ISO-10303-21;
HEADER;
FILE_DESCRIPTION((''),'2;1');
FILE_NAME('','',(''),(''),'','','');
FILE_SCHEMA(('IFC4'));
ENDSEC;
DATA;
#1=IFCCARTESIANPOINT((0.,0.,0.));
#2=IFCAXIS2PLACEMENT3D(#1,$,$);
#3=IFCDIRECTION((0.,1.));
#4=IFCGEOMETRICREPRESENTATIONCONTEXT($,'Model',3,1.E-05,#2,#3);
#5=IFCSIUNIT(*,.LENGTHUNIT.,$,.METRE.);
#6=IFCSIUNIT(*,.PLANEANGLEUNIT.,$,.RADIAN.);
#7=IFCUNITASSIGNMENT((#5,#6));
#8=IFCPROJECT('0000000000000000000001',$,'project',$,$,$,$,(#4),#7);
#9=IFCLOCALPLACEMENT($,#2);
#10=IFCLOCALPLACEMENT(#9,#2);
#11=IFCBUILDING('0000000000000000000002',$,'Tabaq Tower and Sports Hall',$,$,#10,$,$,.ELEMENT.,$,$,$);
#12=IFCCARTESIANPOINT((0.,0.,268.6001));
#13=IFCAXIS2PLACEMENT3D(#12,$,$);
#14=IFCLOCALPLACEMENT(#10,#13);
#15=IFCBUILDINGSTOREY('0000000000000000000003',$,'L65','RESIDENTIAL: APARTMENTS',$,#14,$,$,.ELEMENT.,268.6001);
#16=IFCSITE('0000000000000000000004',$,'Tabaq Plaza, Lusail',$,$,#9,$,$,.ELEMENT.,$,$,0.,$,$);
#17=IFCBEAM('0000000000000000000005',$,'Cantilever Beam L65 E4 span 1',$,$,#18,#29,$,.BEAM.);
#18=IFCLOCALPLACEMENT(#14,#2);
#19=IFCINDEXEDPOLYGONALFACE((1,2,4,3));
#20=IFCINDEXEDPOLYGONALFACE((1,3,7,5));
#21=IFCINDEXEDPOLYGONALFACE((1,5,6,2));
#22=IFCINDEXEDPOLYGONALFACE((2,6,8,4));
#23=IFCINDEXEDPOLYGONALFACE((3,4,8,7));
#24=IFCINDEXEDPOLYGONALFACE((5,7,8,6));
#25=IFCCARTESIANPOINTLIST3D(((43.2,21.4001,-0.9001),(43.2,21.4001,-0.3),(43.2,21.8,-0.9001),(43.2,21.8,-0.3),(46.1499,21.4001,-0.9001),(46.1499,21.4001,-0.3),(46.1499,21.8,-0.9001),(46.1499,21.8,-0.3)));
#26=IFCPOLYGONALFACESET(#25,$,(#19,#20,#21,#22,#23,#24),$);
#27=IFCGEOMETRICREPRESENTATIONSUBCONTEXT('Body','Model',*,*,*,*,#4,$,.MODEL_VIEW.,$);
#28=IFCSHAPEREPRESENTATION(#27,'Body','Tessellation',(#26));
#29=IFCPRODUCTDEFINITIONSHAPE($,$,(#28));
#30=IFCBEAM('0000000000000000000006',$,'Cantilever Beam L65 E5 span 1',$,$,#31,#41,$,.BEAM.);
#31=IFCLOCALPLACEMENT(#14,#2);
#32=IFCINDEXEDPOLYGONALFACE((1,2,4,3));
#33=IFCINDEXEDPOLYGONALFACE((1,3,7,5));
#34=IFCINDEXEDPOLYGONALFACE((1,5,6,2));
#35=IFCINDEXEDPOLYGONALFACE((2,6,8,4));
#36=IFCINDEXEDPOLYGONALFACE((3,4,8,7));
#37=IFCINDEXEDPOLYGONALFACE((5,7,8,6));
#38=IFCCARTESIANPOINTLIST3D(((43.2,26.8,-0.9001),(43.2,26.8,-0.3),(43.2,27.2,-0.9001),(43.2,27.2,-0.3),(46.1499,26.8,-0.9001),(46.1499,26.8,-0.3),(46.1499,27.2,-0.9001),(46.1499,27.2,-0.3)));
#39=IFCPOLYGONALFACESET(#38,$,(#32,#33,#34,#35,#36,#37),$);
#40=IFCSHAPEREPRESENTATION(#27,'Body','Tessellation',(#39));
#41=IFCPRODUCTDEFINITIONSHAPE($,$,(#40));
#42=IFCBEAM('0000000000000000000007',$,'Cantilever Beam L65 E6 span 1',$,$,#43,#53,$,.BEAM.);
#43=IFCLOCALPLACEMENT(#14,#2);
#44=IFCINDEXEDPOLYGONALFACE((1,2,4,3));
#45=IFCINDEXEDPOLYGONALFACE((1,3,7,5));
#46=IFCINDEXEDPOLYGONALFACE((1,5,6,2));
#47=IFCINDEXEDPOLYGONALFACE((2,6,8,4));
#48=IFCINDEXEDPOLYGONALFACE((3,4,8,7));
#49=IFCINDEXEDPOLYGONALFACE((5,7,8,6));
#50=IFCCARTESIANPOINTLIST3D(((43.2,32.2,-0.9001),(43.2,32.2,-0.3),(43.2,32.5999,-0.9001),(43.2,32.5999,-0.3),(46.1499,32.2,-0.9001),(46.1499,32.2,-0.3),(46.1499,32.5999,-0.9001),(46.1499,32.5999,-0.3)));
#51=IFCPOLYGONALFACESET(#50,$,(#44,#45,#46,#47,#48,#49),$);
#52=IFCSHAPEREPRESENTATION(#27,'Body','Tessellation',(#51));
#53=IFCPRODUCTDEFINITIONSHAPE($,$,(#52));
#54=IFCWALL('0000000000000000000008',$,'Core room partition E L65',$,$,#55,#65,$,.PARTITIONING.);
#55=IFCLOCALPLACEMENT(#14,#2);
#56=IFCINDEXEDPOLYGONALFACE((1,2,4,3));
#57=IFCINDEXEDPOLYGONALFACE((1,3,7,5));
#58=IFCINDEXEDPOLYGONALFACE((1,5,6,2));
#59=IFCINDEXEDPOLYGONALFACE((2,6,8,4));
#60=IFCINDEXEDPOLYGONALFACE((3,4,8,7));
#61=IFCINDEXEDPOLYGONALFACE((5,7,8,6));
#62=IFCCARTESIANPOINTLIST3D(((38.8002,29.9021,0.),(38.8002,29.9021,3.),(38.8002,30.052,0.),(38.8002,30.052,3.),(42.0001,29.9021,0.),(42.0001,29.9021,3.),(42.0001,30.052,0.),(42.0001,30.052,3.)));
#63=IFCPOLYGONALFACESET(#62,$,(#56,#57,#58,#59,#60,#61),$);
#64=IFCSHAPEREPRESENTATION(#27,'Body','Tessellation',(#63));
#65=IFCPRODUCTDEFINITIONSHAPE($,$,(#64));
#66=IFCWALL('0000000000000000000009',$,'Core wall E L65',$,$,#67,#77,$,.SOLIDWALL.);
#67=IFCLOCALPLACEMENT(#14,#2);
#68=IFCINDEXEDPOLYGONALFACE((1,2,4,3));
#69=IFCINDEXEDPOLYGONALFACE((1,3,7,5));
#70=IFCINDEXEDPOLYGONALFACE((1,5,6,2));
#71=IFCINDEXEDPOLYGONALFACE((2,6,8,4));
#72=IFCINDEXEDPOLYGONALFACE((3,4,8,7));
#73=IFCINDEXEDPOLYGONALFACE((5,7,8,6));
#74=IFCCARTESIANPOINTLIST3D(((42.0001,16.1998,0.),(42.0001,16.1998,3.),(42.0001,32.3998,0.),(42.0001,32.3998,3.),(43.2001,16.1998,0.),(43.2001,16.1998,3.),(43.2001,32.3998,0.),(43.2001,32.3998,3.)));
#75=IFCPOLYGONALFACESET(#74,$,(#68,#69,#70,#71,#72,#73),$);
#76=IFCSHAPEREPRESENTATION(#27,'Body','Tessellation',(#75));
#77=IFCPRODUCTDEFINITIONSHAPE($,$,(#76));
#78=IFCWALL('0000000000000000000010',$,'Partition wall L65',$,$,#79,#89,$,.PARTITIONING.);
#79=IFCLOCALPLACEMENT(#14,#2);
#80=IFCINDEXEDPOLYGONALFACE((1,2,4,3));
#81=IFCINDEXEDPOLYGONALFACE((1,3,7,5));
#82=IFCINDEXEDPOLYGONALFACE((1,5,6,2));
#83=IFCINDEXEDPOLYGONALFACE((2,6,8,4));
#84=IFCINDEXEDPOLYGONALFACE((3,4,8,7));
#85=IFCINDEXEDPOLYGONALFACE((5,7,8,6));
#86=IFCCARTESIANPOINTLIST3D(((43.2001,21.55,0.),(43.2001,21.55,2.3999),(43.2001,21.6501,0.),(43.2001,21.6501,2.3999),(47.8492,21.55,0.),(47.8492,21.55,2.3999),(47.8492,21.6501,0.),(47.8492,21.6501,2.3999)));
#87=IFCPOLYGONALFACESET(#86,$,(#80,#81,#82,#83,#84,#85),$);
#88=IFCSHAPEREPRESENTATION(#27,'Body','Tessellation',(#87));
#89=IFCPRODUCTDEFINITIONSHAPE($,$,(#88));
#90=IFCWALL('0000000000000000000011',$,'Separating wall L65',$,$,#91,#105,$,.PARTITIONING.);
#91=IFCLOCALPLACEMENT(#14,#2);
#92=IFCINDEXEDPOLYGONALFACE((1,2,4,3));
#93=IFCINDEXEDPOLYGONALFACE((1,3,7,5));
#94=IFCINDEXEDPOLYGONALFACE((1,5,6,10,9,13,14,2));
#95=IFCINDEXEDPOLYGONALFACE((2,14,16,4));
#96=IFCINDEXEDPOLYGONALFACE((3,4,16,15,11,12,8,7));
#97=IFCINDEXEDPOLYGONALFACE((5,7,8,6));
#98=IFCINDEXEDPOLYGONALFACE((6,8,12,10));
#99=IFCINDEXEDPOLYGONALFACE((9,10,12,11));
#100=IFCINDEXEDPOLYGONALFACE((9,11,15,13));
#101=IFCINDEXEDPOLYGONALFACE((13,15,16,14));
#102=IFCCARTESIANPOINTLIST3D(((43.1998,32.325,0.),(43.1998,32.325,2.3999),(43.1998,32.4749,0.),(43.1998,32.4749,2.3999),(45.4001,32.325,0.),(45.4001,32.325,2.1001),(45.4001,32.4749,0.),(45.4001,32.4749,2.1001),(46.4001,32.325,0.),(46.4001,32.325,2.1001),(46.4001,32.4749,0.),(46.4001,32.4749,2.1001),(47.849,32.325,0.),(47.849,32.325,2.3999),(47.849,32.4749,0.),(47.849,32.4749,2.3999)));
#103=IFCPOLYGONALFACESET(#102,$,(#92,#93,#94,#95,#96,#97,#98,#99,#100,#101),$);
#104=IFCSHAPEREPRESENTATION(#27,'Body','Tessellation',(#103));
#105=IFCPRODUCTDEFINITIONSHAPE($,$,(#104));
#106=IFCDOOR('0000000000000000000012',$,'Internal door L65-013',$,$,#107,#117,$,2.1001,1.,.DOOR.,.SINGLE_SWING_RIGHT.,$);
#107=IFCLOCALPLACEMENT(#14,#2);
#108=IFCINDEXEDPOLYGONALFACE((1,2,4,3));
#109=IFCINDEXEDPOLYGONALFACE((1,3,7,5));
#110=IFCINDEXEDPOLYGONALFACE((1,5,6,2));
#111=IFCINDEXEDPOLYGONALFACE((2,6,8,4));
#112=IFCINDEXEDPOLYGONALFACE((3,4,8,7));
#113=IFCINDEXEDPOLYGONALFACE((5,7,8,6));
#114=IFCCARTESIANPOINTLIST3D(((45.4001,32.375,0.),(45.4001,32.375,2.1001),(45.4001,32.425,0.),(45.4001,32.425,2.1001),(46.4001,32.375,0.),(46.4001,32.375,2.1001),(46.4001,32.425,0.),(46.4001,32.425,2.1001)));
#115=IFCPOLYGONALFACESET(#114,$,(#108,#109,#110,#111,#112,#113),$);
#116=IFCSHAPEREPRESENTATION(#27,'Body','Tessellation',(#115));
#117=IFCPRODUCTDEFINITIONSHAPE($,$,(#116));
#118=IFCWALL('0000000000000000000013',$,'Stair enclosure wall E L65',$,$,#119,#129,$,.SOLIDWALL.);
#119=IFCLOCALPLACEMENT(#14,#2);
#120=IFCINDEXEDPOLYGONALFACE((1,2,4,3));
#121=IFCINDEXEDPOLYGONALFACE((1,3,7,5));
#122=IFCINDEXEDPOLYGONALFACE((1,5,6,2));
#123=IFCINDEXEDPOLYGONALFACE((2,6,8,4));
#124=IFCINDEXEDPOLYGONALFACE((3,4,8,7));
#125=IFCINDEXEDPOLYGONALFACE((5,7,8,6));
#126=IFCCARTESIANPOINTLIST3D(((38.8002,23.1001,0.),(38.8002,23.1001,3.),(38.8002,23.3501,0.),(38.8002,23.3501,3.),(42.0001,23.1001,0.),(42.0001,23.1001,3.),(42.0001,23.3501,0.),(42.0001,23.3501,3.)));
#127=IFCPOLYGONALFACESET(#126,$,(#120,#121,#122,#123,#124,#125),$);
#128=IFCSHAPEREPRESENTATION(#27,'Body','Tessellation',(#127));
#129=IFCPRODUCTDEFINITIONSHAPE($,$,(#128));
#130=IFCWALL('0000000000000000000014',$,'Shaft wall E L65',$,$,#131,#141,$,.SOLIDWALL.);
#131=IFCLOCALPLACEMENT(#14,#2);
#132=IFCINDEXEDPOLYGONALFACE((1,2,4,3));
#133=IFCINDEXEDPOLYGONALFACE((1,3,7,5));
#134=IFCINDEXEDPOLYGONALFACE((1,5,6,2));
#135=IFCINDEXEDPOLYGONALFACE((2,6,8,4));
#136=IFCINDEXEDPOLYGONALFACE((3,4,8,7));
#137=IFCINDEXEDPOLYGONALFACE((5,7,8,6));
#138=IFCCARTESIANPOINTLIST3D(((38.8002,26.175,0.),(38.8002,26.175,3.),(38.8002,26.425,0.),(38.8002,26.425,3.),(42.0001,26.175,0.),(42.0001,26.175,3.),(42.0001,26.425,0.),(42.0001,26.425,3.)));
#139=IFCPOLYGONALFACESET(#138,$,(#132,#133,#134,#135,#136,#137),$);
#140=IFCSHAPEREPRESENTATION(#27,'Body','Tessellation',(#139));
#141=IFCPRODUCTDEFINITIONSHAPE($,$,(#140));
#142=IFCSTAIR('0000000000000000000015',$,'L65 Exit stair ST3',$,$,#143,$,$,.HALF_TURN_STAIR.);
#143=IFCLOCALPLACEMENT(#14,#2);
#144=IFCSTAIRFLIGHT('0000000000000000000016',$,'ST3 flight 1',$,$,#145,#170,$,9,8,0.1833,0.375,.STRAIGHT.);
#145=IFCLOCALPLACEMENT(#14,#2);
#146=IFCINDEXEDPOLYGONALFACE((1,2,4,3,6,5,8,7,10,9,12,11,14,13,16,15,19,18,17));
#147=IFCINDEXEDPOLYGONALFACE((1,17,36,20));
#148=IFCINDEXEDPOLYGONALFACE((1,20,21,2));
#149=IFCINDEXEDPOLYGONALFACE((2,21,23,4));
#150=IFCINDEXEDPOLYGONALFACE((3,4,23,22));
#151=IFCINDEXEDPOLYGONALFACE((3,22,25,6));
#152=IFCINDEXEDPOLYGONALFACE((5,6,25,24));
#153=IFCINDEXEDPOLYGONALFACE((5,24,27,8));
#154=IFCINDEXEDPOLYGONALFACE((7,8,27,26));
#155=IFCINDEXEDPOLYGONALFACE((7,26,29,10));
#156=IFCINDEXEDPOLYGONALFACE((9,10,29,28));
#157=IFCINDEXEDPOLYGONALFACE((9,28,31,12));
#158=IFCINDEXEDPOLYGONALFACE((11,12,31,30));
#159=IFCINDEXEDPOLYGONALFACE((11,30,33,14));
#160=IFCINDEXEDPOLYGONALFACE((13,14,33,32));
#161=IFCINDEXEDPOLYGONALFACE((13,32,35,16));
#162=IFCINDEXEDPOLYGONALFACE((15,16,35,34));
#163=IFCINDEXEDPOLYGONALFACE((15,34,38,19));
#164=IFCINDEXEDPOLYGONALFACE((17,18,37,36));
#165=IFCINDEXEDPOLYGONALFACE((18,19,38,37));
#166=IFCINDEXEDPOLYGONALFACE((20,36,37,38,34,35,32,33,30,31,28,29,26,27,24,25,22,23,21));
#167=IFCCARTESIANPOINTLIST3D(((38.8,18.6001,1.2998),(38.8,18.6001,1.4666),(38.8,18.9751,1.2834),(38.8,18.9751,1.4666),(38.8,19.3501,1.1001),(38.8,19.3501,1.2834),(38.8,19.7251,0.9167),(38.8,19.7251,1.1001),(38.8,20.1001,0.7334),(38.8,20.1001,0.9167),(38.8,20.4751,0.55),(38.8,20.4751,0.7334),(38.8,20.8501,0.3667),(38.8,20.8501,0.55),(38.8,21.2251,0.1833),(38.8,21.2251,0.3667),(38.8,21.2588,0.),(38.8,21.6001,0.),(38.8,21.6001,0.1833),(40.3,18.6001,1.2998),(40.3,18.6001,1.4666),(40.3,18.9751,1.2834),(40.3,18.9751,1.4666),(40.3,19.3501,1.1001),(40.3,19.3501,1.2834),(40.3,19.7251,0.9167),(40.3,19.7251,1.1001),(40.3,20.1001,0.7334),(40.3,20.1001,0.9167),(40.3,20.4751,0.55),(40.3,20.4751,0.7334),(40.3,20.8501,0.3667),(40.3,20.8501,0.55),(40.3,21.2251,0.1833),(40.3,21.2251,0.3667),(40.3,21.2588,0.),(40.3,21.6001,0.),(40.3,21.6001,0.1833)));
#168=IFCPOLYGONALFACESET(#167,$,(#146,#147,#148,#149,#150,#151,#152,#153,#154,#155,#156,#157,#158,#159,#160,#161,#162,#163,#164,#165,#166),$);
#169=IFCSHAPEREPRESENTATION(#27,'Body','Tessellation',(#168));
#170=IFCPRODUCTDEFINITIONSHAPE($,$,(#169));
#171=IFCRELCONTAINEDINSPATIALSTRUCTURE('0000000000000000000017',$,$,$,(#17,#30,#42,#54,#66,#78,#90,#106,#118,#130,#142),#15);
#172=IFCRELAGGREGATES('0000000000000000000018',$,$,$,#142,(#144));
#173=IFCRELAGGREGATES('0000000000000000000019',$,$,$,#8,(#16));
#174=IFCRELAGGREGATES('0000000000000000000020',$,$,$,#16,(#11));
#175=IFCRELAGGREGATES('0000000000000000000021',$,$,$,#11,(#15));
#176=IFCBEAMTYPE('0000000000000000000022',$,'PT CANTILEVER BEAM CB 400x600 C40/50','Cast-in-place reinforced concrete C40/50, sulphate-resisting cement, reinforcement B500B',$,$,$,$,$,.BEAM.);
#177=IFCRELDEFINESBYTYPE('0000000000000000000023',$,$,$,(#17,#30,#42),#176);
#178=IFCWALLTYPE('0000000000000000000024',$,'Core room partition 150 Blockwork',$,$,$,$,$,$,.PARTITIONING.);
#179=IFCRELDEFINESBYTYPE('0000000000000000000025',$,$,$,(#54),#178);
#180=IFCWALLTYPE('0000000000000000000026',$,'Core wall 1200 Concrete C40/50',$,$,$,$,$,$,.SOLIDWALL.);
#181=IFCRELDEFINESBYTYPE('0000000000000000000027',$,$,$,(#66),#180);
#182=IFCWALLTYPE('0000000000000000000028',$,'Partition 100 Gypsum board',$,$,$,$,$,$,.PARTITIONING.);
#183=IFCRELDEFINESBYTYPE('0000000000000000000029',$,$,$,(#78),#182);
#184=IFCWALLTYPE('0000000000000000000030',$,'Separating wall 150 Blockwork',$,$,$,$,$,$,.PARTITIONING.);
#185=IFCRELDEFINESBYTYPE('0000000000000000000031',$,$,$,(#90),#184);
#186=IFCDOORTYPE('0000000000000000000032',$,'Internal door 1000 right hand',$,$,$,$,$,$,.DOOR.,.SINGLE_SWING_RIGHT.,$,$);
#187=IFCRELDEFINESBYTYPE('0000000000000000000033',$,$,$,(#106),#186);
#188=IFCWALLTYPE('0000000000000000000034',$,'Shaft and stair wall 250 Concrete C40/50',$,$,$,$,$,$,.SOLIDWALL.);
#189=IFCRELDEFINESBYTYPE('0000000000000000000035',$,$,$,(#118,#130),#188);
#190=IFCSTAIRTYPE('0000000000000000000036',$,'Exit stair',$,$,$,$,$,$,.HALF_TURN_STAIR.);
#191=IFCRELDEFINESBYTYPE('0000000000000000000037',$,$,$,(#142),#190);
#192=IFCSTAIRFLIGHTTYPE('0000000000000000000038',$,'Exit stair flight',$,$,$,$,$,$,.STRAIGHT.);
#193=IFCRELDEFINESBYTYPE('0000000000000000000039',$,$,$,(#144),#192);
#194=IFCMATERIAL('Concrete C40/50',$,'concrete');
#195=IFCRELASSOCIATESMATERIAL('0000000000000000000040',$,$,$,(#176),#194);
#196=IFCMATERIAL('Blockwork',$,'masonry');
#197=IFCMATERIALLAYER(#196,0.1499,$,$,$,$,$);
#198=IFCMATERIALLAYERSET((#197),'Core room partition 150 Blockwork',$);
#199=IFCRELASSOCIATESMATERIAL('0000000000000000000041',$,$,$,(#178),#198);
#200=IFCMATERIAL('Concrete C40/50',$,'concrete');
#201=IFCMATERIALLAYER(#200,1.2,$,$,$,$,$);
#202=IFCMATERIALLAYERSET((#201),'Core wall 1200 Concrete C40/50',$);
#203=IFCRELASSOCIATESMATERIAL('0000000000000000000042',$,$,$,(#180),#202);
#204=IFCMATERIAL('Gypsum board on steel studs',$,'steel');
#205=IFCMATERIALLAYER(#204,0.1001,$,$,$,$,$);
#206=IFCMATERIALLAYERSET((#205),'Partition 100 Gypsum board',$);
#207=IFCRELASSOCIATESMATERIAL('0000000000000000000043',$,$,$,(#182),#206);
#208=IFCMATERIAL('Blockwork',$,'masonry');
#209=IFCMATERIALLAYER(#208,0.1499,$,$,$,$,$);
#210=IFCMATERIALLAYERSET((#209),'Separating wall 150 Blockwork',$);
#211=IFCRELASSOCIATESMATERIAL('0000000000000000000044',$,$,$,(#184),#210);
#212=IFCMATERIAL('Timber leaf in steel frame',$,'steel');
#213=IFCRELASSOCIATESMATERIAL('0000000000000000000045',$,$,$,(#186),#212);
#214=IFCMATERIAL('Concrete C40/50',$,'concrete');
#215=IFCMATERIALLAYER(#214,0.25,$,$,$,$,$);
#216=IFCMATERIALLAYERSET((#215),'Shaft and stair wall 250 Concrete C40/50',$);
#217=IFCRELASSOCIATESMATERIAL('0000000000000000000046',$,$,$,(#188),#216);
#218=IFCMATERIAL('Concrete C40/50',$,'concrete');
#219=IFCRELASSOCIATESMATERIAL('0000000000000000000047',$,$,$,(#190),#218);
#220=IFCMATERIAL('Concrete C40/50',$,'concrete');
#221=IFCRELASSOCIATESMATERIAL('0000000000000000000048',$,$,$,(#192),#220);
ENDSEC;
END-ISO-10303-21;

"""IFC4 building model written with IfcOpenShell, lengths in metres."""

from ifc_helpers import new_model, si_unit, direction, frame, frame_2d, origin, origin_2d, place, context, subcontext, project, spatial, polyline, rectangle, outline, extrude, material, layer, layer_set, material_profile, profile_set, type_object, element, fill, aggregate, save


model = new_model("IFC4")

# Units and contexts
model_context = context("Model", 3, precision=1e-05, world=origin(), true_north=direction((0.0, 1.0)))
body_context = subcontext(model_context, "Body", "Model", "MODEL_VIEW")
ifc_project = project(units=[si_unit("LENGTHUNIT", "METRE"), si_unit("PLANEANGLEUNIT", "RADIAN")], contexts=[model_context])

# Site, building, storey
site_placement = place(None, origin())
site = spatial("IfcSite", under=ifc_project, at=site_placement, Name="Tabaq Plaza, Lusail", CompositionType="ELEMENT", RefElevation=0.0)
building_placement = place(site_placement, origin())
building = spatial("IfcBuilding", under=site, at=building_placement, Name="Tabaq Tower and Sports Hall", CompositionType="ELEMENT")
storey_placement = place(building_placement, frame((0.0, 0.0, 268.6001)))
storey = spatial("IfcBuildingStorey", under=building, at=storey_placement, Name="L65", Description="RESIDENTIAL: APARTMENTS", CompositionType="ELEMENT", Elevation=268.6001)

# Beams
ifc_material_1 = material(Name="Concrete C40/50", Category="concrete")
ifc_material_profile = material_profile(ifc_material_1, rectangle(XDim=0.3999, YDim=0.6001, at=origin_2d()), Name="CB 400x600")
ifc_profile_set = profile_set([ifc_material_profile], Name="Concrete C40/50")
beam_type = type_object("IfcBeamType", Name="PT CANTILEVER BEAM CB 400x600 C40/50", Description="Cast-in-place reinforced concrete C40/50, sulphate-resisting cement, reinforcement B500B", PredefinedType="BEAM", material=ifc_profile_set)
for number, where, z_axis, x_axis, name in (
    (1, (46.1499, 21.6001, -0.6001), (-1.0, 0.0, 0.0), (0.0, -1.0, 0.0), "Cantilever Beam L65 E4 span 1"),
    (2, (46.1499, 27.0, -0.6001), (-1.0, 0.0, 0.0), (0.0, -1.0, 0.0), "Cantilever Beam L65 E5 span 1"),
    (3, (46.1499, 32.3999, -0.6001), (-1.0, 0.0, 0.0), (0.0, -1.0, 0.0), "Cantilever Beam L65 E6 span 1"),
):
    element("IfcBeam", number, at=place(storey_placement, frame(where, z_axis=z_axis, x_axis=x_axis)), inside=storey, type_object=beam_type, Name=name, PredefinedType="BEAM", context=body_context, shape_type="SweptSolid", body=[
        extrude(rectangle(XDim=0.3999, YDim=0.6001, at=origin_2d()), origin(), (0.0, 0.0, 1.0), 2.95),
    ])

# Walls
ifc_material_2 = material(Name="Blockwork", Category="masonry")
ifc_layer_1 = layer(ifc_material_2, 0.1499)
ifc_layer_set_1 = layer_set([ifc_layer_1], Name="Core room partition 150 Blockwork")
wall_type_1 = type_object("IfcWallType", Name="Core room partition 150 Blockwork", PredefinedType="PARTITIONING", material=ifc_layer_set_1)
wall_1_placement = place(storey_placement, frame((38.8, 29.9771, 0.0), z_axis=(0.0, 0.0, 1.0), x_axis=(1.0, 0.0, 0.0)))
element("IfcWall", 4, at=wall_1_placement, inside=storey, type_object=wall_type_1, Name="Core room partition E L65", PredefinedType="PARTITIONING", context=body_context, shape_type="SweptSolid", body=[
    extrude(rectangle(XDim=3.2, YDim=0.1499, at=frame_2d((1.6001, 0.0))), origin(), (0.0, 0.0, 1.0), 3.0),
])
ifc_material_3 = material(Name="Concrete C40/50", Category="concrete")
ifc_layer_2 = layer(ifc_material_3, 1.2)
ifc_layer_set_2 = layer_set([ifc_layer_2], Name="Core wall 1200 Concrete C40/50")
wall_type_2 = type_object("IfcWallType", Name="Core wall 1200 Concrete C40/50", PredefinedType="SOLIDWALL", material=ifc_layer_set_2)
wall_2_placement = place(storey_placement, frame((42.6001, 32.3999, 0.0), z_axis=(0.0, 0.0, 1.0), x_axis=(0.0, -1.0, 0.0)))
element("IfcWall", 5, at=wall_2_placement, inside=storey, type_object=wall_type_2, Name="Core wall E L65", PredefinedType="SOLIDWALL", context=body_context, shape_type="SweptSolid", body=[
    extrude(rectangle(XDim=16.2, YDim=1.2, at=frame_2d((8.1001, 0.0))), origin(), (0.0, 0.0, 1.0), 3.0),
])
ifc_material_4 = material(Name="Gypsum board on steel studs", Category="steel")
ifc_layer_3 = layer(ifc_material_4, 0.1001)
ifc_layer_set_3 = layer_set([ifc_layer_3], Name="Partition 100 Gypsum board")
wall_type_3 = type_object("IfcWallType", Name="Partition 100 Gypsum board", PredefinedType="PARTITIONING", material=ifc_layer_set_3)
wall_3_placement = place(storey_placement, frame((43.2, 21.6001, 0.0), z_axis=(0.0, 0.0, 1.0), x_axis=(1.0, 0.0, 0.0)))
element("IfcWall", 6, at=wall_3_placement, inside=storey, type_object=wall_type_3, Name="Partition wall L65", PredefinedType="PARTITIONING", context=body_context, shape_type="SweptSolid", body=[
    extrude(rectangle(XDim=4.6492, YDim=0.1001, at=frame_2d((2.3247, 0.0))), origin(), (0.0, 0.0, 1.0), 2.3999),
])

# Wall, opening, door
ifc_material_5 = material(Name="Blockwork", Category="masonry")
ifc_layer_4 = layer(ifc_material_5, 0.1499)
ifc_layer_set_4 = layer_set([ifc_layer_4], Name="Separating wall 150 Blockwork")
wall_type_4 = type_object("IfcWallType", Name="Separating wall 150 Blockwork", PredefinedType="PARTITIONING", material=ifc_layer_set_4)
wall_4_placement = place(storey_placement, frame((47.8491, 32.3999, 0.0), z_axis=(0.0, 0.0, 1.0), x_axis=(-1.0, 0.0, 0.0)))
wall_4 = element("IfcWall", 7, at=wall_4_placement, inside=storey, type_object=wall_type_4, Name="Separating wall L65", PredefinedType="PARTITIONING", context=body_context, shape_type="SweptSolid", body=[
    extrude(rectangle(XDim=4.6492, YDim=0.1499, at=frame_2d((2.3247, 0.0))), origin(), (0.0, 0.0, 1.0), 2.3999),
])
opening_placement = place(wall_4_placement, frame((1.449, 0.0, 0.0)))
opening = element("IfcOpeningElement", 8, at=opening_placement, cuts=wall_4, PredefinedType="OPENING", context=body_context, shape_type="SweptSolid", body=[
    extrude(rectangle(XDim=1.0, YDim=2.1001, at=frame_2d((0.5, 1.05))), frame((0.0, 0.075, 0.0), z_axis=(0.0, -1.0, 0.0), x_axis=(1.0, 0.0, 0.0)), (0.0, 0.0, 1.0), 0.1499),
])
ifc_material_6 = material(Name="Timber leaf in steel frame", Category="steel")
door_type = type_object("IfcDoorType", Name="Internal door 1000 right hand", OperationType="SINGLE_SWING_RIGHT", PredefinedType="DOOR", material=ifc_material_6)
door_placement = place(opening_placement, origin())
door = element("IfcDoor", 9, at=door_placement, inside=storey, type_object=door_type, Name="Internal door L65-013", OperationType="SINGLE_SWING_RIGHT", OverallHeight=2.1001, OverallWidth=1.0, PredefinedType="DOOR", context=body_context, shape_type="SweptSolid", body=[
    extrude(rectangle(XDim=1.0, YDim=2.1001, at=frame_2d((0.5, 1.05))), frame((0.0, 0.0249, 0.0), z_axis=(0.0, -1.0, 0.0), x_axis=(1.0, 0.0, 0.0)), (0.0, 0.0, 1.0), 0.05),
])
fill(opening, door)

# Walls
ifc_material_7 = material(Name="Concrete C40/50", Category="concrete")
ifc_layer_5 = layer(ifc_material_7, 0.25)
ifc_layer_set_5 = layer_set([ifc_layer_5], Name="Shaft and stair wall 250 Concrete C40/50")
wall_type_5 = type_object("IfcWallType", Name="Shaft and stair wall 250 Concrete C40/50", PredefinedType="SOLIDWALL", material=ifc_layer_set_5)
for number, where, z_axis, x_axis, name in (
    (10, (38.8, 23.2251, 0.0), (0.0, 0.0, 1.0), (1.0, 0.0, 0.0), "Stair enclosure wall E L65"),
    (11, (38.8, 26.3, 0.0), (0.0, 0.0, 1.0), (1.0, 0.0, 0.0), "Shaft wall E L65"),
):
    element("IfcWall", number, at=place(storey_placement, frame(where, z_axis=z_axis, x_axis=x_axis)), inside=storey, type_object=wall_type_5, Name=name, PredefinedType="SOLIDWALL", context=body_context, shape_type="SweptSolid", body=[
        extrude(rectangle(XDim=3.2, YDim=0.25, at=frame_2d((1.6001, 0.0))), origin(), (0.0, 0.0, 1.0), 3.0),
    ])

# Stair, stair flight
ifc_material_8 = material(Name="Concrete C40/50", Category="concrete")
stair_type = type_object("IfcStairType", Name="Exit stair", PredefinedType="HALF_TURN_STAIR", material=ifc_material_8)
stair_placement = place(storey_placement, origin())
stair = element("IfcStair", 12, at=stair_placement, inside=storey, type_object=stair_type, Name="L65 Exit stair ST3", PredefinedType="HALF_TURN_STAIR")
ifc_material_9 = material(Name="Concrete C40/50", Category="concrete")
stair_flight_type = type_object("IfcStairFlightType", Name="Exit stair flight", PredefinedType="STRAIGHT", material=ifc_material_9)
stair_flight_1_placement = place(storey_placement, frame((39.55, 21.6001, 0.0), z_axis=(0.0, 0.0, 1.0), x_axis=(0.0, -1.0, 0.0)))
stair_flight_1 = element("IfcStairFlight", 13, at=stair_flight_1_placement, type_object=stair_flight_type, Name="ST3 flight 1", NumberOfRisers=9, NumberOfTreads=8, PredefinedType="STRAIGHT", RiserHeight=0.1833, TreadLength=0.375, context=body_context, shape_type="SweptSolid", body=[
    extrude(outline(polyline([(0.0, 0.0), (0.0, 0.1833), (0.375, 0.1833), (0.375, 0.3667), (0.75, 0.3667), (0.75, 0.55), (1.125, 0.55), (1.125, 0.7334), (1.5, 0.7334), (1.5, 0.9167), (1.875, 0.9167), (1.875, 1.1001), (2.25, 1.1001), (2.25, 1.2834), (2.625, 1.2834), (2.625, 1.4666), (3.0, 1.4666), (3.0, 1.6499), (3.0, 1.2998), (0.3413, 0.0), (0.0, 0.0)])), frame((0.0, 0.75, 0.0), z_axis=(0.0, -1.0, 0.0), x_axis=(1.0, 0.0, 0.0)), (0.0, 0.0, 1.0), 1.5),
])
aggregate(stair, [stair_flight_1])

save(model, "model.ifc")
